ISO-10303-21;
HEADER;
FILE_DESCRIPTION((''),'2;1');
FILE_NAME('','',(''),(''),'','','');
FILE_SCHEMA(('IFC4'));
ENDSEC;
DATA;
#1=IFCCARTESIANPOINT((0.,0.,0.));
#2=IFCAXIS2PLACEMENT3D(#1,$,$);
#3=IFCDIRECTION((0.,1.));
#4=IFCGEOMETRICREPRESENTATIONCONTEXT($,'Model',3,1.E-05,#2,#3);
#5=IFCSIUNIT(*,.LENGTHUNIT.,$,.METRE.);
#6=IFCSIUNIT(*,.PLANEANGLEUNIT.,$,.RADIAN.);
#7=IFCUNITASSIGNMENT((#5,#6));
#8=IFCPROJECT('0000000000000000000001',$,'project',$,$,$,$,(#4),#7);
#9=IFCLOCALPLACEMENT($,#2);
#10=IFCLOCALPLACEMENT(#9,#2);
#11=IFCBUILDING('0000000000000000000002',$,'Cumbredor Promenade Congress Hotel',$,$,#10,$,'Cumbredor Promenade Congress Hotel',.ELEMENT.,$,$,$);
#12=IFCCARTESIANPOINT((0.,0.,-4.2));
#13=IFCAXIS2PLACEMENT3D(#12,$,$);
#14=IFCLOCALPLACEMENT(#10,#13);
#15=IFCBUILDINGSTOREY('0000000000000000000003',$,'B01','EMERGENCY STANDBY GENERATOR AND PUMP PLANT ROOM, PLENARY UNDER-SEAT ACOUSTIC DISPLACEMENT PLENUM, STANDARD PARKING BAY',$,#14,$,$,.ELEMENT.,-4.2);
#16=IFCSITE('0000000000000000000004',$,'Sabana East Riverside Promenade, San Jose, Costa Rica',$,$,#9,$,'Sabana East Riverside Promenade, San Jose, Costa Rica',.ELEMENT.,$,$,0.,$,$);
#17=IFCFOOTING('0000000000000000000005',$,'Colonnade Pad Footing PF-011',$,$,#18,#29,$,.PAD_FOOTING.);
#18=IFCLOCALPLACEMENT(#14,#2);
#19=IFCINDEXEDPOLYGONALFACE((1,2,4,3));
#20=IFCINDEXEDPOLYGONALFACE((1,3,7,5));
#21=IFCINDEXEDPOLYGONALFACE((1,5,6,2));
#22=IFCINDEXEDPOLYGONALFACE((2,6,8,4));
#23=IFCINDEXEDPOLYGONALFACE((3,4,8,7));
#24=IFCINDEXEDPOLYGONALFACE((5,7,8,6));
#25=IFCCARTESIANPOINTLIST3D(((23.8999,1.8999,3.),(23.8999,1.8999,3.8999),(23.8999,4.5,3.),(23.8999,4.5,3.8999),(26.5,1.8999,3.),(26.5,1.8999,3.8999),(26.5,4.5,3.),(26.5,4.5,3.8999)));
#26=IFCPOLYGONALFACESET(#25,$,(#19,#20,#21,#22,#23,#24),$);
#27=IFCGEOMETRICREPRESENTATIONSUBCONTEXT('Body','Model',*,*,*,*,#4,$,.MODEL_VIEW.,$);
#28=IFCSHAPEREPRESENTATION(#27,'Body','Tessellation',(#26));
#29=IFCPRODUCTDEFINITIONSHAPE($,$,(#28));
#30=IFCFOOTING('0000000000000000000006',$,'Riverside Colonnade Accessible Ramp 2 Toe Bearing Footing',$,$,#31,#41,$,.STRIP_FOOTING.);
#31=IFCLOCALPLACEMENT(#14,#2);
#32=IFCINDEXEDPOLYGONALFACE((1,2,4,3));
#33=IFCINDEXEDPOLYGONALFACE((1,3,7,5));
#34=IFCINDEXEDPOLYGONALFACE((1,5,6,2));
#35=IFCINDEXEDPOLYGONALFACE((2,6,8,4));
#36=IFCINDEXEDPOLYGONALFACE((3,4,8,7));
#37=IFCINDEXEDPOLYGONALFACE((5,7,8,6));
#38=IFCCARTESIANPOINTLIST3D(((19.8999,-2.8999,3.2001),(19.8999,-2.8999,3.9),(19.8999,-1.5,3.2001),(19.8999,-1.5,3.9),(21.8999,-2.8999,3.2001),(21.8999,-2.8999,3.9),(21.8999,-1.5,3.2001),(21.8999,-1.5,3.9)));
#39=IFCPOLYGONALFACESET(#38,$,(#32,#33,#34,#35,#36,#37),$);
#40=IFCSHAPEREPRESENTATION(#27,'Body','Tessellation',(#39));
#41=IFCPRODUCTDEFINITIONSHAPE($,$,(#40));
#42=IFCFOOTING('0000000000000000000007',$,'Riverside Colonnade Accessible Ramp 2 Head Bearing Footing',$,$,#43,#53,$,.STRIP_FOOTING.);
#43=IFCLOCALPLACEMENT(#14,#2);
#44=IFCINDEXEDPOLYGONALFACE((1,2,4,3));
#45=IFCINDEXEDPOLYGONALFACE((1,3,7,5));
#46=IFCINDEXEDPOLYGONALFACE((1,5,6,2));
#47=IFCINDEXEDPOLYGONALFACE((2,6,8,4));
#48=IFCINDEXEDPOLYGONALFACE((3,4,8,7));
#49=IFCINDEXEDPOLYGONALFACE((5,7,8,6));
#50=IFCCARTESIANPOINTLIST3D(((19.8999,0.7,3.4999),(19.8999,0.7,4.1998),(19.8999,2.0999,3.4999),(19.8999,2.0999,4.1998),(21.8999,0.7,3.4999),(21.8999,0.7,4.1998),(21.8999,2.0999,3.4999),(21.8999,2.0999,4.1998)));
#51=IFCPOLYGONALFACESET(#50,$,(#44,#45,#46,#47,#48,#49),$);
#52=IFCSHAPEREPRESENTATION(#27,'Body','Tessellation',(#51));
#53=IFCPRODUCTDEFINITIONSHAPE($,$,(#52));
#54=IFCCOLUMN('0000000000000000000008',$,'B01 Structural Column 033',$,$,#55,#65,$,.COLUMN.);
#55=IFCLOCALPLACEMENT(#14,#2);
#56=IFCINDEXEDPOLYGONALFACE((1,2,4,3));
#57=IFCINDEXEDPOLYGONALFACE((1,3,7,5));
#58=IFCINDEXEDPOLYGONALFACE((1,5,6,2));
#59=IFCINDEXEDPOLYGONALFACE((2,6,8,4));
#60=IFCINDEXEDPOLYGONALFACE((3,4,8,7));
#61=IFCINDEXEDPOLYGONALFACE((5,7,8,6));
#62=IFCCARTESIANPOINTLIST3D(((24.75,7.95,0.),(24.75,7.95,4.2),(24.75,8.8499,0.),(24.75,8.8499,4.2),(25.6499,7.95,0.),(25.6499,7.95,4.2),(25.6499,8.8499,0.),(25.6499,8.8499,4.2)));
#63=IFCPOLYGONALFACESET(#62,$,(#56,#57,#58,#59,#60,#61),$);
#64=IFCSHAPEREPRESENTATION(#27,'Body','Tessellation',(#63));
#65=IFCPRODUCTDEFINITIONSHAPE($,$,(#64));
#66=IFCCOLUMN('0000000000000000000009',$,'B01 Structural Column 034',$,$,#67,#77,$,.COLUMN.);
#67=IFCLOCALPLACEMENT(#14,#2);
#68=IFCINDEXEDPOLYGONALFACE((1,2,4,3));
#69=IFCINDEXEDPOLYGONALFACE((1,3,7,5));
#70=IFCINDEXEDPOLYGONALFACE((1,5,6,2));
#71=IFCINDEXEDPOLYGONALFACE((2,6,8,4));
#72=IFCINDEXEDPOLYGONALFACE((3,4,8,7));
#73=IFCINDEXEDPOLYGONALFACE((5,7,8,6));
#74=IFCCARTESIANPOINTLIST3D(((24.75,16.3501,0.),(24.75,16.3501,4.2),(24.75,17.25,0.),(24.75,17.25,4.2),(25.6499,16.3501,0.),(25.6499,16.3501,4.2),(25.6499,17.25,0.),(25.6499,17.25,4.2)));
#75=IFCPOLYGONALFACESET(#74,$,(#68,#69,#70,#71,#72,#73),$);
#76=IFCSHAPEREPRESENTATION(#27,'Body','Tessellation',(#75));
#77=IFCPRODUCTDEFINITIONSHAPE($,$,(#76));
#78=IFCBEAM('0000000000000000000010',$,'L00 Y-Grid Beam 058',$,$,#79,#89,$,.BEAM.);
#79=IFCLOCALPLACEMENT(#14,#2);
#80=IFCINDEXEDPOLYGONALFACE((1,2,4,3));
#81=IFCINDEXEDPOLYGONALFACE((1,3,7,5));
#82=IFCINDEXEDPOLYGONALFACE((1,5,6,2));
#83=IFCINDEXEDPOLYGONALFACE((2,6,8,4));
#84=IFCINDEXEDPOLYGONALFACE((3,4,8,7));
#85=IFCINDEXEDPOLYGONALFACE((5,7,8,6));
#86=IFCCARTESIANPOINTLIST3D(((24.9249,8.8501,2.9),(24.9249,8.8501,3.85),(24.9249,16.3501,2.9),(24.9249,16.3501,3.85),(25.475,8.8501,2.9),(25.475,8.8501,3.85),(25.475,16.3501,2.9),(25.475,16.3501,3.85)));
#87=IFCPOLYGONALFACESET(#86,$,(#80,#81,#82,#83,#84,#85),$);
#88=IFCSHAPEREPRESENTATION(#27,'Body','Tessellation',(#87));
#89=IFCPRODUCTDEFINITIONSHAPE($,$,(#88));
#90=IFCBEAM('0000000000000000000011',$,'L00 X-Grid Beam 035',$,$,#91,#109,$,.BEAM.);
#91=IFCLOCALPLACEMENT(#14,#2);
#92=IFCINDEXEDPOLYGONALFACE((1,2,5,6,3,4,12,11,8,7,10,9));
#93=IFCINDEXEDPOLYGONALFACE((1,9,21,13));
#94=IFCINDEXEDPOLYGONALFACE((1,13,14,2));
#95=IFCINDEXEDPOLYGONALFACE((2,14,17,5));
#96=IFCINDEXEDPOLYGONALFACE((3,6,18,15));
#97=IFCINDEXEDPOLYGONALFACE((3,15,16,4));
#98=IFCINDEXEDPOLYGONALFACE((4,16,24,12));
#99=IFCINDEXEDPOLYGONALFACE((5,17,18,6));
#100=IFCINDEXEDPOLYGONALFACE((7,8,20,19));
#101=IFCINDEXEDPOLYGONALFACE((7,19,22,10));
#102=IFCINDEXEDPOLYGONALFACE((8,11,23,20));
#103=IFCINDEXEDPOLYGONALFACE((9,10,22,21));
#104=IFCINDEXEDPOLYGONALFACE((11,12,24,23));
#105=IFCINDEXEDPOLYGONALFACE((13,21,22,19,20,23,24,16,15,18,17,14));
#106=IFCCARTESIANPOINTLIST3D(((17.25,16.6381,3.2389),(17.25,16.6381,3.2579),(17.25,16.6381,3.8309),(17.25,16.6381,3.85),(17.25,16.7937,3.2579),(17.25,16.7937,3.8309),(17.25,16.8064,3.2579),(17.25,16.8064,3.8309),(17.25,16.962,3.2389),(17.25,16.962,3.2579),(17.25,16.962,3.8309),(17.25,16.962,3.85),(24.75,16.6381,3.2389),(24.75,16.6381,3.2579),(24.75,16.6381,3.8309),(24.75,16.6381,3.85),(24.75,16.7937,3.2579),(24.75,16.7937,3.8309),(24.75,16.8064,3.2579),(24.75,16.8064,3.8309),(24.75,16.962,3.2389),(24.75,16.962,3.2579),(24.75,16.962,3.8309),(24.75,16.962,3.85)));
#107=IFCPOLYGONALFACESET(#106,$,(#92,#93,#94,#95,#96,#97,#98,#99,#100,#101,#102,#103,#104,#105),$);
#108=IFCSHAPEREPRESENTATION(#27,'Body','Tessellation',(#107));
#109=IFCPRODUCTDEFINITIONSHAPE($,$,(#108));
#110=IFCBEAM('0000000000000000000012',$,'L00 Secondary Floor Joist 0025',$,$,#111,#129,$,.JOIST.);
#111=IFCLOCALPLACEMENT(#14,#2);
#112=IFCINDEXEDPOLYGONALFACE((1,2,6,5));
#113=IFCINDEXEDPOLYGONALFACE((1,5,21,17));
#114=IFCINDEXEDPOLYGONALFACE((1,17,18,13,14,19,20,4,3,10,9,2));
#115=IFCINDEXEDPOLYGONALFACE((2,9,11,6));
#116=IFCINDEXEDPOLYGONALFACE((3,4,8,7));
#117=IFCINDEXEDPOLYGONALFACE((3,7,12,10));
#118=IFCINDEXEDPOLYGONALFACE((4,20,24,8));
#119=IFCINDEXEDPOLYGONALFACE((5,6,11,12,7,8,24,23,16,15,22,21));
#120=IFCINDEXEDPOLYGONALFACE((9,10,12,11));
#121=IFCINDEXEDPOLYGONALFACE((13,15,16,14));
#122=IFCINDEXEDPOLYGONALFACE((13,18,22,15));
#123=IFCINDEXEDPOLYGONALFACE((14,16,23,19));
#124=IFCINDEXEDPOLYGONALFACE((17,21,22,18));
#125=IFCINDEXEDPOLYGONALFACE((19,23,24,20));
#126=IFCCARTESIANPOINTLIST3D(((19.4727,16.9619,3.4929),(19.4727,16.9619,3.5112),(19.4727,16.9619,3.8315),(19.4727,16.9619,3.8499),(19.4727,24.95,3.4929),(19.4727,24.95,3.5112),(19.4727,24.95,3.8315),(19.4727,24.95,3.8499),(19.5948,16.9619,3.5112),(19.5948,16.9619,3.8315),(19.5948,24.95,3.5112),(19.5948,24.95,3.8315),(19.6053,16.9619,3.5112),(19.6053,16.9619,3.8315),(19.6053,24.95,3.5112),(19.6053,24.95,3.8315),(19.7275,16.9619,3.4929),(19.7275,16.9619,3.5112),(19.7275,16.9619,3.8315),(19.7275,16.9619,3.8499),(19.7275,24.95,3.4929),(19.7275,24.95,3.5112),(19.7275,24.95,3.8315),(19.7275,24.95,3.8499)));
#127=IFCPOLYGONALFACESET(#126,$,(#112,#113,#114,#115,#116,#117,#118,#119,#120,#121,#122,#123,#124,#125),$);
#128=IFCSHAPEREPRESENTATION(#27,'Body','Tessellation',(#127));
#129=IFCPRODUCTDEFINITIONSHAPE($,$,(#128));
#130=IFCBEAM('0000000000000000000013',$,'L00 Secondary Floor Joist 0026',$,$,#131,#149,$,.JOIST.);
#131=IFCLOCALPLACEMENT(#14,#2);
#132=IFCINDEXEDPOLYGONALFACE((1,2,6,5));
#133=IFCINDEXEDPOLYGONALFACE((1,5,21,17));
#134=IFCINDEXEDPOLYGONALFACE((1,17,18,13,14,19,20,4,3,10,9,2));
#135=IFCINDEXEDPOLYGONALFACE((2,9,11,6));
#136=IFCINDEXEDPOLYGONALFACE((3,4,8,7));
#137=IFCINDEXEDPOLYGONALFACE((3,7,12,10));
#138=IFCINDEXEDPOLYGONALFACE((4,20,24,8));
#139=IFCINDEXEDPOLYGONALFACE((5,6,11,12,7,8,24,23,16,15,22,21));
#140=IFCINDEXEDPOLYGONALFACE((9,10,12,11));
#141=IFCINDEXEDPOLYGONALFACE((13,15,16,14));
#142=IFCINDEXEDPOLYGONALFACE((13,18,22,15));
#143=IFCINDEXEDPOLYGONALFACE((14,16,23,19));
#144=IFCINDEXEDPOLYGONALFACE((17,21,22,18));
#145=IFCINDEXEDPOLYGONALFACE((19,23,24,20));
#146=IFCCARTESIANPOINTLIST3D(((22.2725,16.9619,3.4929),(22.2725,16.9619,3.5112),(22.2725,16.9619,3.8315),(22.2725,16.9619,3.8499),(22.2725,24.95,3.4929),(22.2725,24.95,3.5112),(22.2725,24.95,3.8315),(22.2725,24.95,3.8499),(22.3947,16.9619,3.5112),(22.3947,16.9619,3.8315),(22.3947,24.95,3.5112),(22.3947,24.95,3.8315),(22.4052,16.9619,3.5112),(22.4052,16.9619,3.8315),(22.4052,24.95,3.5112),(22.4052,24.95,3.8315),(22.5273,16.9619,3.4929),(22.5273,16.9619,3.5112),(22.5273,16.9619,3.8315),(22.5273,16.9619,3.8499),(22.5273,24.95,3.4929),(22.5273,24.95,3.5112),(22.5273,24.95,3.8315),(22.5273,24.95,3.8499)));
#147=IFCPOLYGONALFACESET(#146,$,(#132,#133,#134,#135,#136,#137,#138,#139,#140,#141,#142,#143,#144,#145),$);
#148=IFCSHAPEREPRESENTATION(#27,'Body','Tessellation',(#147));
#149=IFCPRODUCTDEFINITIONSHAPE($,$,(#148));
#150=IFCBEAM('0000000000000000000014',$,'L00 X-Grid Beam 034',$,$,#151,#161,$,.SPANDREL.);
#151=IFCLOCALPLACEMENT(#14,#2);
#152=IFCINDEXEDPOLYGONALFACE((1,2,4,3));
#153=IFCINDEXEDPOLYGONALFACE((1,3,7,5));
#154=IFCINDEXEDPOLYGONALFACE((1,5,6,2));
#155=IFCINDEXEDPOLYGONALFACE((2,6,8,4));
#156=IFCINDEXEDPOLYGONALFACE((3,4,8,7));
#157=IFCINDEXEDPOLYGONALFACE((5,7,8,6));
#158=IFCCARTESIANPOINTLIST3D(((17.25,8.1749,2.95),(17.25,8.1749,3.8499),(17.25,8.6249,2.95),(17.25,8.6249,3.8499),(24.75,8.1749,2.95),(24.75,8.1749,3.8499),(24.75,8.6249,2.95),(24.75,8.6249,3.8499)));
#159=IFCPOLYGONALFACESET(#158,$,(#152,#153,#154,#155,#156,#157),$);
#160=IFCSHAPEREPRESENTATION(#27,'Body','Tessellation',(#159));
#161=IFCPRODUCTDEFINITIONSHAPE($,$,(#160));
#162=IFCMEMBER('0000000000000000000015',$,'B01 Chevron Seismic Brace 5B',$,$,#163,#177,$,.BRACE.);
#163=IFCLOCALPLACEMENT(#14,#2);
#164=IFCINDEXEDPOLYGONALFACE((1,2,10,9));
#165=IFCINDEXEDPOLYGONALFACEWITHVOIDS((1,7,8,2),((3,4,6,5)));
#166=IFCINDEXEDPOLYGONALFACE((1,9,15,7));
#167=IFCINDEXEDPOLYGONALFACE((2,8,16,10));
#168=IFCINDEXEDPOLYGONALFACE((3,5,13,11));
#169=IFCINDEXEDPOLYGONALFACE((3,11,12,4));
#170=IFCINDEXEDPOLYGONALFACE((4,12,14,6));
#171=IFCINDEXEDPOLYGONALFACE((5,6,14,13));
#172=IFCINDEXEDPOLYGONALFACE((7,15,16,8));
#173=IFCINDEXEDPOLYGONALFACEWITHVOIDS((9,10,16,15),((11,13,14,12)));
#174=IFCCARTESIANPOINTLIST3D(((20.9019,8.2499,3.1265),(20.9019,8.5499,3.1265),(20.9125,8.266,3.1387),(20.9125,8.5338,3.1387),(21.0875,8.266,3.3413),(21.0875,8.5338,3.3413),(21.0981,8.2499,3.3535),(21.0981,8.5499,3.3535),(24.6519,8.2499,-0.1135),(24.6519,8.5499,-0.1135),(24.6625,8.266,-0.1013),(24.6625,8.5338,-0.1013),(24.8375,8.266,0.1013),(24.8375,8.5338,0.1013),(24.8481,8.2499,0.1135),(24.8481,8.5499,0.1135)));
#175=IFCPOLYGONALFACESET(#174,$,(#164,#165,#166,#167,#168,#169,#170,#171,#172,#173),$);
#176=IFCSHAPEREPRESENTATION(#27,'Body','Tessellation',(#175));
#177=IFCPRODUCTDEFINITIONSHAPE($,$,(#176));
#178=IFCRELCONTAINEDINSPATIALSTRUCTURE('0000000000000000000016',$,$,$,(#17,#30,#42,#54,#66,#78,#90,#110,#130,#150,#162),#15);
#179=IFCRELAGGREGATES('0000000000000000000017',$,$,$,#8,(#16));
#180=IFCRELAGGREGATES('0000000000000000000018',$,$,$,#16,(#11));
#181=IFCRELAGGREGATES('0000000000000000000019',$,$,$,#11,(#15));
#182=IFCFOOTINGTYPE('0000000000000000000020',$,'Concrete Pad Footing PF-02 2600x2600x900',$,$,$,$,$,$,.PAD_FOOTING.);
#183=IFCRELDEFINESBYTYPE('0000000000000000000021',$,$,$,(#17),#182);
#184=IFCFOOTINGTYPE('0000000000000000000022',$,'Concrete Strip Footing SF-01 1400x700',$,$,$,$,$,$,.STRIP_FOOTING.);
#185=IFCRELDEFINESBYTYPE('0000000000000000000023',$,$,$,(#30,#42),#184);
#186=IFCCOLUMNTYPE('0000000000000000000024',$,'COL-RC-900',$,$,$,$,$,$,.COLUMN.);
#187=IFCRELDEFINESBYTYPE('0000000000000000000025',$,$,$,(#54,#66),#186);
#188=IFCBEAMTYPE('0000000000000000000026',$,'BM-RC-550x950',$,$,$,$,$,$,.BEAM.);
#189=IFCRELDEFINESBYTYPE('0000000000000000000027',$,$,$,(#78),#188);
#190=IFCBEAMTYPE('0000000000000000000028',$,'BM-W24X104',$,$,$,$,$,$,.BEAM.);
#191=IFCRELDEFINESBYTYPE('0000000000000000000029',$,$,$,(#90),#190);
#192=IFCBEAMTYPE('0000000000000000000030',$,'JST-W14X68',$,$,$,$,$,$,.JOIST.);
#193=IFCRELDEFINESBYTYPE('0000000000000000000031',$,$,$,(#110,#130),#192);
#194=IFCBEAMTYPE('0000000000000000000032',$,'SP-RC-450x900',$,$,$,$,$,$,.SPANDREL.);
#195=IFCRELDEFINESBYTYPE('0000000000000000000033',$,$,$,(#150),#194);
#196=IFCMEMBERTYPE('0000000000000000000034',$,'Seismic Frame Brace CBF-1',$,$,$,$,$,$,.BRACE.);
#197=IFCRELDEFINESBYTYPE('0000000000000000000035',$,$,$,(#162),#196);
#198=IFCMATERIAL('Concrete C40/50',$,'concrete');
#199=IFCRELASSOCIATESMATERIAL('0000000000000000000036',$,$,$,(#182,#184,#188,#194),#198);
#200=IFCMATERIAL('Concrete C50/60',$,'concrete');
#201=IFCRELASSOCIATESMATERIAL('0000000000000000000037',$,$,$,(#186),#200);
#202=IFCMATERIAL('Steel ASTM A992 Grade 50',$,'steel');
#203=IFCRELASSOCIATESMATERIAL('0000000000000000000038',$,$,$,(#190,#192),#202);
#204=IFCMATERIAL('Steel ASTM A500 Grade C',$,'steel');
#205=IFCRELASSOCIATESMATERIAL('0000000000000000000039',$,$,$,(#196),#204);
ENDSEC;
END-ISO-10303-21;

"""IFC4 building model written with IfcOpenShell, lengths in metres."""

from ifc_helpers import new_model, si_unit, direction, frame, origin, origin_2d, place, context, subcontext, project, spatial, rectangle, hollow_rectangle, i_section, extrude, material, material_profile, profile_set, type_object, element, save


model = new_model("IFC4")

# Units and contexts
model_context = context("Model", 3, precision=1e-05, world=origin(), true_north=direction((0.0, 1.0)))
body_context = subcontext(model_context, "Body", "Model", "MODEL_VIEW")
ifc_project = project(units=[si_unit("LENGTHUNIT", "METRE"), si_unit("PLANEANGLEUNIT", "RADIAN")], contexts=[model_context])

# Site, building, storey
site_placement = place(None, origin())
site = spatial("IfcSite", under=ifc_project, at=site_placement, Name="Sabana East Riverside Promenade, San Jose, Costa Rica", LongName="Sabana East Riverside Promenade, San Jose, Costa Rica", CompositionType="ELEMENT", RefElevation=0.0)
building_placement = place(site_placement, origin())
building = spatial("IfcBuilding", under=site, at=building_placement, Name="Cumbredor Promenade Congress Hotel", LongName="Cumbredor Promenade Congress Hotel", CompositionType="ELEMENT")
storey_placement = place(building_placement, frame((0.0, 0.0, -4.2)))
storey = spatial("IfcBuildingStorey", under=building, at=storey_placement, Name="B01", Description="EMERGENCY STANDBY GENERATOR AND PUMP PLANT ROOM, PLENARY UNDER-SEAT ACOUSTIC DISPLACEMENT PLENUM, STANDARD PARKING BAY", CompositionType="ELEMENT", Elevation=-4.2)

# Footings
ifc_material_1 = material(Name="Concrete C40/50", Category="concrete")
footing_type_1 = type_object("IfcFootingType", Name="Concrete Pad Footing PF-02 2600x2600x900", PredefinedType="PAD_FOOTING", material=ifc_material_1)
footing_placement = place(storey_placement, frame((25.2, 3.2, 3.0), z_axis=(0.0, 0.0, 1.0), x_axis=(1.0, 0.0, 0.0)))
element("IfcFooting", 1, at=footing_placement, inside=storey, type_object=footing_type_1, Name="Colonnade Pad Footing PF-011", PredefinedType="PAD_FOOTING", context=body_context, shape_type="SweptSolid", body=[
    extrude(rectangle(XDim=2.6001, YDim=2.6001, at=origin_2d()), origin(), (0.0, 0.0, 1.0), 0.8999),
])
ifc_material_profile_1 = material_profile(ifc_material_1, rectangle(XDim=1.3999, YDim=0.7, at=origin_2d()), Name="SF 1400x700")
ifc_profile_set_1 = profile_set([ifc_material_profile_1], Name="Concrete C40/50")
footing_type_2 = type_object("IfcFootingType", Name="Concrete Strip Footing SF-01 1400x700", PredefinedType="STRIP_FOOTING", material=ifc_profile_set_1)
for number, where, z_axis, x_axis, name in (
    (2, (19.8999, -2.2, 3.55), (1.0, 0.0, 0.0), (0.0, 1.0, 0.0), "Riverside Colonnade Accessible Ramp 2 Toe Bearing Footing"),
    (3, (19.8999, 1.3999, 3.8499), (1.0, 0.0, 0.0), (0.0, 1.0, 0.0), "Riverside Colonnade Accessible Ramp 2 Head Bearing Footing"),
):
    element("IfcFooting", number, at=place(storey_placement, frame(where, z_axis=z_axis, x_axis=x_axis)), inside=storey, type_object=footing_type_2, Name=name, PredefinedType="STRIP_FOOTING", context=body_context, shape_type="SweptSolid", body=[
        extrude(rectangle(XDim=1.3999, YDim=0.7, at=origin_2d()), origin(), (0.0, 0.0, 1.0), 2.0),
    ])

# Columns
ifc_material_2 = material(Name="Concrete C50/60", Category="concrete")
ifc_material_profile_2 = material_profile(ifc_material_2, rectangle(XDim=0.8999, YDim=0.8999, at=origin_2d()), Name="RC 900x900")
ifc_profile_set_2 = profile_set([ifc_material_profile_2], Name="Concrete C50/60")
column_type = type_object("IfcColumnType", Name="COL-RC-900", PredefinedType="COLUMN", material=ifc_profile_set_2)
for number, where, z_axis, x_axis, name in (
    (4, (25.2, 8.3999, 0.0), (0.0, 0.0, 1.0), (1.0, 0.0, 0.0), "B01 Structural Column 033"),
    (5, (25.2, 16.8, 0.0), (0.0, 0.0, 1.0), (1.0, 0.0, 0.0), "B01 Structural Column 034"),
):
    element("IfcColumn", number, at=place(storey_placement, frame(where, z_axis=z_axis, x_axis=x_axis)), inside=storey, type_object=column_type, Name=name, PredefinedType="COLUMN", context=body_context, shape_type="SweptSolid", body=[
        extrude(rectangle(XDim=0.8999, YDim=0.8999, at=origin_2d()), origin(), (0.0, 0.0, 1.0), 4.2),
    ])

# Beams
ifc_material_profile_3 = material_profile(ifc_material_1, rectangle(XDim=0.55, YDim=0.95, at=origin_2d()), Name="RC BEAM 550x950")
ifc_profile_set_3 = profile_set([ifc_material_profile_3], Name="Concrete C40/50")
beam_type_1 = type_object("IfcBeamType", Name="BM-RC-550x950", PredefinedType="BEAM", material=ifc_profile_set_3)
beam_1_placement = place(storey_placement, frame((25.2, 8.8501, 3.375), z_axis=(0.0, 1.0, 0.0), x_axis=(-1.0, 0.0, 0.0)))
element("IfcBeam", 6, at=beam_1_placement, inside=storey, type_object=beam_type_1, Name="L00 Y-Grid Beam 058", PredefinedType="BEAM", context=body_context, shape_type="SweptSolid", body=[
    extrude(rectangle(XDim=0.55, YDim=0.95, at=origin_2d()), origin(), (0.0, 0.0, 1.0), 7.5),
])
ifc_material_3 = material(Name="Steel ASTM A992 Grade 50", Category="steel")
ifc_material_profile_4 = material_profile(ifc_material_3, i_section(OverallWidth=0.324, OverallDepth=0.6111, WebThickness=0.0127, FlangeThickness=0.019, at=origin_2d()), Name="W24X104")
ifc_profile_set_4 = profile_set([ifc_material_profile_4], Name="Steel ASTM A992 Grade 50")
beam_type_2 = type_object("IfcBeamType", Name="BM-W24X104", PredefinedType="BEAM", material=ifc_profile_set_4)
beam_2_placement = place(storey_placement, frame((17.25, 16.8, 3.5444), z_axis=(1.0, 0.0, 0.0), x_axis=(0.0, 1.0, 0.0)))
element("IfcBeam", 7, at=beam_2_placement, inside=storey, type_object=beam_type_2, Name="L00 X-Grid Beam 035", PredefinedType="BEAM", context=body_context, shape_type="SweptSolid", body=[
    extrude(i_section(OverallWidth=0.324, OverallDepth=0.6111, WebThickness=0.0127, FlangeThickness=0.019, at=origin_2d()), origin(), (0.0, 0.0, 1.0), 7.5),
])
ifc_material_profile_5 = material_profile(ifc_material_3, i_section(OverallWidth=0.2549, OverallDepth=0.3569, WebThickness=0.0105, FlangeThickness=0.0183, at=origin_2d()), Name="W14X68")
ifc_profile_set_5 = profile_set([ifc_material_profile_5], Name="Steel ASTM A992 Grade 50")
beam_type_3 = type_object("IfcBeamType", Name="JST-W14X68", PredefinedType="JOIST", material=ifc_profile_set_5)
for number, where, z_axis, x_axis, name in (
    (8, (19.6001, 16.9619, 3.6714), (0.0, 1.0, 0.0), (-1.0, 0.0, 0.0), "L00 Secondary Floor Joist 0025"),
    (9, (22.3999, 16.9619, 3.6714), (0.0, 1.0, 0.0), (-1.0, 0.0, 0.0), "L00 Secondary Floor Joist 0026"),
):
    element("IfcBeam", number, at=place(storey_placement, frame(where, z_axis=z_axis, x_axis=x_axis)), inside=storey, type_object=beam_type_3, Name=name, PredefinedType="JOIST", context=body_context, shape_type="SweptSolid", body=[
        extrude(i_section(OverallWidth=0.2549, OverallDepth=0.3569, WebThickness=0.0105, FlangeThickness=0.0183, at=origin_2d()), origin(), (0.0, 0.0, 1.0), 7.988),
    ])
ifc_material_profile_6 = material_profile(ifc_material_1, rectangle(XDim=0.45, YDim=0.8999, at=origin_2d()), Name="RC SPANDREL 450x900")
ifc_profile_set_6 = profile_set([ifc_material_profile_6], Name="Concrete C40/50")
beam_type_4 = type_object("IfcBeamType", Name="SP-RC-450x900", PredefinedType="SPANDREL", material=ifc_profile_set_6)
beam_3_placement = place(storey_placement, frame((17.25, 8.3999, 3.3999), z_axis=(1.0, 0.0, 0.0), x_axis=(0.0, 1.0, 0.0)))
element("IfcBeam", 10, at=beam_3_placement, inside=storey, type_object=beam_type_4, Name="L00 X-Grid Beam 034", PredefinedType="SPANDREL", context=body_context, shape_type="SweptSolid", body=[
    extrude(rectangle(XDim=0.45, YDim=0.8999, at=origin_2d()), origin(), (0.0, 0.0, 1.0), 7.5),
])

# Member
ifc_material_4 = material(Name="Steel ASTM A500 Grade C", Category="steel")
ifc_material_profile_7 = material_profile(ifc_material_4, hollow_rectangle(XDim=0.3, YDim=0.3, WallThickness=0.0161, at=origin_2d()), Name="HSS 300x300x16")
ifc_profile_set_7 = profile_set([ifc_material_profile_7], Name="Steel ASTM A500 Grade C")
member_type = type_object("IfcMemberType", Name="Seismic Frame Brace CBF-1", PredefinedType="BRACE", material=ifc_profile_set_7)
member_placement = place(storey_placement, frame((24.75, 8.3999, 0.0), z_axis=(-0.756688, 0.0, 0.653776), x_axis=(0.0, -1.0, 0.0)))
element("IfcMember", 11, at=member_placement, inside=storey, type_object=member_type, Name="B01 Chevron Seismic Brace 5B", PredefinedType="BRACE", context=body_context, shape_type="SweptSolid", body=[
    extrude(hollow_rectangle(XDim=0.3, YDim=0.3, WallThickness=0.0161, at=origin_2d()), origin(), (0.0, 0.0, 1.0), 4.9558),
])

save(model, "model.ifc")
